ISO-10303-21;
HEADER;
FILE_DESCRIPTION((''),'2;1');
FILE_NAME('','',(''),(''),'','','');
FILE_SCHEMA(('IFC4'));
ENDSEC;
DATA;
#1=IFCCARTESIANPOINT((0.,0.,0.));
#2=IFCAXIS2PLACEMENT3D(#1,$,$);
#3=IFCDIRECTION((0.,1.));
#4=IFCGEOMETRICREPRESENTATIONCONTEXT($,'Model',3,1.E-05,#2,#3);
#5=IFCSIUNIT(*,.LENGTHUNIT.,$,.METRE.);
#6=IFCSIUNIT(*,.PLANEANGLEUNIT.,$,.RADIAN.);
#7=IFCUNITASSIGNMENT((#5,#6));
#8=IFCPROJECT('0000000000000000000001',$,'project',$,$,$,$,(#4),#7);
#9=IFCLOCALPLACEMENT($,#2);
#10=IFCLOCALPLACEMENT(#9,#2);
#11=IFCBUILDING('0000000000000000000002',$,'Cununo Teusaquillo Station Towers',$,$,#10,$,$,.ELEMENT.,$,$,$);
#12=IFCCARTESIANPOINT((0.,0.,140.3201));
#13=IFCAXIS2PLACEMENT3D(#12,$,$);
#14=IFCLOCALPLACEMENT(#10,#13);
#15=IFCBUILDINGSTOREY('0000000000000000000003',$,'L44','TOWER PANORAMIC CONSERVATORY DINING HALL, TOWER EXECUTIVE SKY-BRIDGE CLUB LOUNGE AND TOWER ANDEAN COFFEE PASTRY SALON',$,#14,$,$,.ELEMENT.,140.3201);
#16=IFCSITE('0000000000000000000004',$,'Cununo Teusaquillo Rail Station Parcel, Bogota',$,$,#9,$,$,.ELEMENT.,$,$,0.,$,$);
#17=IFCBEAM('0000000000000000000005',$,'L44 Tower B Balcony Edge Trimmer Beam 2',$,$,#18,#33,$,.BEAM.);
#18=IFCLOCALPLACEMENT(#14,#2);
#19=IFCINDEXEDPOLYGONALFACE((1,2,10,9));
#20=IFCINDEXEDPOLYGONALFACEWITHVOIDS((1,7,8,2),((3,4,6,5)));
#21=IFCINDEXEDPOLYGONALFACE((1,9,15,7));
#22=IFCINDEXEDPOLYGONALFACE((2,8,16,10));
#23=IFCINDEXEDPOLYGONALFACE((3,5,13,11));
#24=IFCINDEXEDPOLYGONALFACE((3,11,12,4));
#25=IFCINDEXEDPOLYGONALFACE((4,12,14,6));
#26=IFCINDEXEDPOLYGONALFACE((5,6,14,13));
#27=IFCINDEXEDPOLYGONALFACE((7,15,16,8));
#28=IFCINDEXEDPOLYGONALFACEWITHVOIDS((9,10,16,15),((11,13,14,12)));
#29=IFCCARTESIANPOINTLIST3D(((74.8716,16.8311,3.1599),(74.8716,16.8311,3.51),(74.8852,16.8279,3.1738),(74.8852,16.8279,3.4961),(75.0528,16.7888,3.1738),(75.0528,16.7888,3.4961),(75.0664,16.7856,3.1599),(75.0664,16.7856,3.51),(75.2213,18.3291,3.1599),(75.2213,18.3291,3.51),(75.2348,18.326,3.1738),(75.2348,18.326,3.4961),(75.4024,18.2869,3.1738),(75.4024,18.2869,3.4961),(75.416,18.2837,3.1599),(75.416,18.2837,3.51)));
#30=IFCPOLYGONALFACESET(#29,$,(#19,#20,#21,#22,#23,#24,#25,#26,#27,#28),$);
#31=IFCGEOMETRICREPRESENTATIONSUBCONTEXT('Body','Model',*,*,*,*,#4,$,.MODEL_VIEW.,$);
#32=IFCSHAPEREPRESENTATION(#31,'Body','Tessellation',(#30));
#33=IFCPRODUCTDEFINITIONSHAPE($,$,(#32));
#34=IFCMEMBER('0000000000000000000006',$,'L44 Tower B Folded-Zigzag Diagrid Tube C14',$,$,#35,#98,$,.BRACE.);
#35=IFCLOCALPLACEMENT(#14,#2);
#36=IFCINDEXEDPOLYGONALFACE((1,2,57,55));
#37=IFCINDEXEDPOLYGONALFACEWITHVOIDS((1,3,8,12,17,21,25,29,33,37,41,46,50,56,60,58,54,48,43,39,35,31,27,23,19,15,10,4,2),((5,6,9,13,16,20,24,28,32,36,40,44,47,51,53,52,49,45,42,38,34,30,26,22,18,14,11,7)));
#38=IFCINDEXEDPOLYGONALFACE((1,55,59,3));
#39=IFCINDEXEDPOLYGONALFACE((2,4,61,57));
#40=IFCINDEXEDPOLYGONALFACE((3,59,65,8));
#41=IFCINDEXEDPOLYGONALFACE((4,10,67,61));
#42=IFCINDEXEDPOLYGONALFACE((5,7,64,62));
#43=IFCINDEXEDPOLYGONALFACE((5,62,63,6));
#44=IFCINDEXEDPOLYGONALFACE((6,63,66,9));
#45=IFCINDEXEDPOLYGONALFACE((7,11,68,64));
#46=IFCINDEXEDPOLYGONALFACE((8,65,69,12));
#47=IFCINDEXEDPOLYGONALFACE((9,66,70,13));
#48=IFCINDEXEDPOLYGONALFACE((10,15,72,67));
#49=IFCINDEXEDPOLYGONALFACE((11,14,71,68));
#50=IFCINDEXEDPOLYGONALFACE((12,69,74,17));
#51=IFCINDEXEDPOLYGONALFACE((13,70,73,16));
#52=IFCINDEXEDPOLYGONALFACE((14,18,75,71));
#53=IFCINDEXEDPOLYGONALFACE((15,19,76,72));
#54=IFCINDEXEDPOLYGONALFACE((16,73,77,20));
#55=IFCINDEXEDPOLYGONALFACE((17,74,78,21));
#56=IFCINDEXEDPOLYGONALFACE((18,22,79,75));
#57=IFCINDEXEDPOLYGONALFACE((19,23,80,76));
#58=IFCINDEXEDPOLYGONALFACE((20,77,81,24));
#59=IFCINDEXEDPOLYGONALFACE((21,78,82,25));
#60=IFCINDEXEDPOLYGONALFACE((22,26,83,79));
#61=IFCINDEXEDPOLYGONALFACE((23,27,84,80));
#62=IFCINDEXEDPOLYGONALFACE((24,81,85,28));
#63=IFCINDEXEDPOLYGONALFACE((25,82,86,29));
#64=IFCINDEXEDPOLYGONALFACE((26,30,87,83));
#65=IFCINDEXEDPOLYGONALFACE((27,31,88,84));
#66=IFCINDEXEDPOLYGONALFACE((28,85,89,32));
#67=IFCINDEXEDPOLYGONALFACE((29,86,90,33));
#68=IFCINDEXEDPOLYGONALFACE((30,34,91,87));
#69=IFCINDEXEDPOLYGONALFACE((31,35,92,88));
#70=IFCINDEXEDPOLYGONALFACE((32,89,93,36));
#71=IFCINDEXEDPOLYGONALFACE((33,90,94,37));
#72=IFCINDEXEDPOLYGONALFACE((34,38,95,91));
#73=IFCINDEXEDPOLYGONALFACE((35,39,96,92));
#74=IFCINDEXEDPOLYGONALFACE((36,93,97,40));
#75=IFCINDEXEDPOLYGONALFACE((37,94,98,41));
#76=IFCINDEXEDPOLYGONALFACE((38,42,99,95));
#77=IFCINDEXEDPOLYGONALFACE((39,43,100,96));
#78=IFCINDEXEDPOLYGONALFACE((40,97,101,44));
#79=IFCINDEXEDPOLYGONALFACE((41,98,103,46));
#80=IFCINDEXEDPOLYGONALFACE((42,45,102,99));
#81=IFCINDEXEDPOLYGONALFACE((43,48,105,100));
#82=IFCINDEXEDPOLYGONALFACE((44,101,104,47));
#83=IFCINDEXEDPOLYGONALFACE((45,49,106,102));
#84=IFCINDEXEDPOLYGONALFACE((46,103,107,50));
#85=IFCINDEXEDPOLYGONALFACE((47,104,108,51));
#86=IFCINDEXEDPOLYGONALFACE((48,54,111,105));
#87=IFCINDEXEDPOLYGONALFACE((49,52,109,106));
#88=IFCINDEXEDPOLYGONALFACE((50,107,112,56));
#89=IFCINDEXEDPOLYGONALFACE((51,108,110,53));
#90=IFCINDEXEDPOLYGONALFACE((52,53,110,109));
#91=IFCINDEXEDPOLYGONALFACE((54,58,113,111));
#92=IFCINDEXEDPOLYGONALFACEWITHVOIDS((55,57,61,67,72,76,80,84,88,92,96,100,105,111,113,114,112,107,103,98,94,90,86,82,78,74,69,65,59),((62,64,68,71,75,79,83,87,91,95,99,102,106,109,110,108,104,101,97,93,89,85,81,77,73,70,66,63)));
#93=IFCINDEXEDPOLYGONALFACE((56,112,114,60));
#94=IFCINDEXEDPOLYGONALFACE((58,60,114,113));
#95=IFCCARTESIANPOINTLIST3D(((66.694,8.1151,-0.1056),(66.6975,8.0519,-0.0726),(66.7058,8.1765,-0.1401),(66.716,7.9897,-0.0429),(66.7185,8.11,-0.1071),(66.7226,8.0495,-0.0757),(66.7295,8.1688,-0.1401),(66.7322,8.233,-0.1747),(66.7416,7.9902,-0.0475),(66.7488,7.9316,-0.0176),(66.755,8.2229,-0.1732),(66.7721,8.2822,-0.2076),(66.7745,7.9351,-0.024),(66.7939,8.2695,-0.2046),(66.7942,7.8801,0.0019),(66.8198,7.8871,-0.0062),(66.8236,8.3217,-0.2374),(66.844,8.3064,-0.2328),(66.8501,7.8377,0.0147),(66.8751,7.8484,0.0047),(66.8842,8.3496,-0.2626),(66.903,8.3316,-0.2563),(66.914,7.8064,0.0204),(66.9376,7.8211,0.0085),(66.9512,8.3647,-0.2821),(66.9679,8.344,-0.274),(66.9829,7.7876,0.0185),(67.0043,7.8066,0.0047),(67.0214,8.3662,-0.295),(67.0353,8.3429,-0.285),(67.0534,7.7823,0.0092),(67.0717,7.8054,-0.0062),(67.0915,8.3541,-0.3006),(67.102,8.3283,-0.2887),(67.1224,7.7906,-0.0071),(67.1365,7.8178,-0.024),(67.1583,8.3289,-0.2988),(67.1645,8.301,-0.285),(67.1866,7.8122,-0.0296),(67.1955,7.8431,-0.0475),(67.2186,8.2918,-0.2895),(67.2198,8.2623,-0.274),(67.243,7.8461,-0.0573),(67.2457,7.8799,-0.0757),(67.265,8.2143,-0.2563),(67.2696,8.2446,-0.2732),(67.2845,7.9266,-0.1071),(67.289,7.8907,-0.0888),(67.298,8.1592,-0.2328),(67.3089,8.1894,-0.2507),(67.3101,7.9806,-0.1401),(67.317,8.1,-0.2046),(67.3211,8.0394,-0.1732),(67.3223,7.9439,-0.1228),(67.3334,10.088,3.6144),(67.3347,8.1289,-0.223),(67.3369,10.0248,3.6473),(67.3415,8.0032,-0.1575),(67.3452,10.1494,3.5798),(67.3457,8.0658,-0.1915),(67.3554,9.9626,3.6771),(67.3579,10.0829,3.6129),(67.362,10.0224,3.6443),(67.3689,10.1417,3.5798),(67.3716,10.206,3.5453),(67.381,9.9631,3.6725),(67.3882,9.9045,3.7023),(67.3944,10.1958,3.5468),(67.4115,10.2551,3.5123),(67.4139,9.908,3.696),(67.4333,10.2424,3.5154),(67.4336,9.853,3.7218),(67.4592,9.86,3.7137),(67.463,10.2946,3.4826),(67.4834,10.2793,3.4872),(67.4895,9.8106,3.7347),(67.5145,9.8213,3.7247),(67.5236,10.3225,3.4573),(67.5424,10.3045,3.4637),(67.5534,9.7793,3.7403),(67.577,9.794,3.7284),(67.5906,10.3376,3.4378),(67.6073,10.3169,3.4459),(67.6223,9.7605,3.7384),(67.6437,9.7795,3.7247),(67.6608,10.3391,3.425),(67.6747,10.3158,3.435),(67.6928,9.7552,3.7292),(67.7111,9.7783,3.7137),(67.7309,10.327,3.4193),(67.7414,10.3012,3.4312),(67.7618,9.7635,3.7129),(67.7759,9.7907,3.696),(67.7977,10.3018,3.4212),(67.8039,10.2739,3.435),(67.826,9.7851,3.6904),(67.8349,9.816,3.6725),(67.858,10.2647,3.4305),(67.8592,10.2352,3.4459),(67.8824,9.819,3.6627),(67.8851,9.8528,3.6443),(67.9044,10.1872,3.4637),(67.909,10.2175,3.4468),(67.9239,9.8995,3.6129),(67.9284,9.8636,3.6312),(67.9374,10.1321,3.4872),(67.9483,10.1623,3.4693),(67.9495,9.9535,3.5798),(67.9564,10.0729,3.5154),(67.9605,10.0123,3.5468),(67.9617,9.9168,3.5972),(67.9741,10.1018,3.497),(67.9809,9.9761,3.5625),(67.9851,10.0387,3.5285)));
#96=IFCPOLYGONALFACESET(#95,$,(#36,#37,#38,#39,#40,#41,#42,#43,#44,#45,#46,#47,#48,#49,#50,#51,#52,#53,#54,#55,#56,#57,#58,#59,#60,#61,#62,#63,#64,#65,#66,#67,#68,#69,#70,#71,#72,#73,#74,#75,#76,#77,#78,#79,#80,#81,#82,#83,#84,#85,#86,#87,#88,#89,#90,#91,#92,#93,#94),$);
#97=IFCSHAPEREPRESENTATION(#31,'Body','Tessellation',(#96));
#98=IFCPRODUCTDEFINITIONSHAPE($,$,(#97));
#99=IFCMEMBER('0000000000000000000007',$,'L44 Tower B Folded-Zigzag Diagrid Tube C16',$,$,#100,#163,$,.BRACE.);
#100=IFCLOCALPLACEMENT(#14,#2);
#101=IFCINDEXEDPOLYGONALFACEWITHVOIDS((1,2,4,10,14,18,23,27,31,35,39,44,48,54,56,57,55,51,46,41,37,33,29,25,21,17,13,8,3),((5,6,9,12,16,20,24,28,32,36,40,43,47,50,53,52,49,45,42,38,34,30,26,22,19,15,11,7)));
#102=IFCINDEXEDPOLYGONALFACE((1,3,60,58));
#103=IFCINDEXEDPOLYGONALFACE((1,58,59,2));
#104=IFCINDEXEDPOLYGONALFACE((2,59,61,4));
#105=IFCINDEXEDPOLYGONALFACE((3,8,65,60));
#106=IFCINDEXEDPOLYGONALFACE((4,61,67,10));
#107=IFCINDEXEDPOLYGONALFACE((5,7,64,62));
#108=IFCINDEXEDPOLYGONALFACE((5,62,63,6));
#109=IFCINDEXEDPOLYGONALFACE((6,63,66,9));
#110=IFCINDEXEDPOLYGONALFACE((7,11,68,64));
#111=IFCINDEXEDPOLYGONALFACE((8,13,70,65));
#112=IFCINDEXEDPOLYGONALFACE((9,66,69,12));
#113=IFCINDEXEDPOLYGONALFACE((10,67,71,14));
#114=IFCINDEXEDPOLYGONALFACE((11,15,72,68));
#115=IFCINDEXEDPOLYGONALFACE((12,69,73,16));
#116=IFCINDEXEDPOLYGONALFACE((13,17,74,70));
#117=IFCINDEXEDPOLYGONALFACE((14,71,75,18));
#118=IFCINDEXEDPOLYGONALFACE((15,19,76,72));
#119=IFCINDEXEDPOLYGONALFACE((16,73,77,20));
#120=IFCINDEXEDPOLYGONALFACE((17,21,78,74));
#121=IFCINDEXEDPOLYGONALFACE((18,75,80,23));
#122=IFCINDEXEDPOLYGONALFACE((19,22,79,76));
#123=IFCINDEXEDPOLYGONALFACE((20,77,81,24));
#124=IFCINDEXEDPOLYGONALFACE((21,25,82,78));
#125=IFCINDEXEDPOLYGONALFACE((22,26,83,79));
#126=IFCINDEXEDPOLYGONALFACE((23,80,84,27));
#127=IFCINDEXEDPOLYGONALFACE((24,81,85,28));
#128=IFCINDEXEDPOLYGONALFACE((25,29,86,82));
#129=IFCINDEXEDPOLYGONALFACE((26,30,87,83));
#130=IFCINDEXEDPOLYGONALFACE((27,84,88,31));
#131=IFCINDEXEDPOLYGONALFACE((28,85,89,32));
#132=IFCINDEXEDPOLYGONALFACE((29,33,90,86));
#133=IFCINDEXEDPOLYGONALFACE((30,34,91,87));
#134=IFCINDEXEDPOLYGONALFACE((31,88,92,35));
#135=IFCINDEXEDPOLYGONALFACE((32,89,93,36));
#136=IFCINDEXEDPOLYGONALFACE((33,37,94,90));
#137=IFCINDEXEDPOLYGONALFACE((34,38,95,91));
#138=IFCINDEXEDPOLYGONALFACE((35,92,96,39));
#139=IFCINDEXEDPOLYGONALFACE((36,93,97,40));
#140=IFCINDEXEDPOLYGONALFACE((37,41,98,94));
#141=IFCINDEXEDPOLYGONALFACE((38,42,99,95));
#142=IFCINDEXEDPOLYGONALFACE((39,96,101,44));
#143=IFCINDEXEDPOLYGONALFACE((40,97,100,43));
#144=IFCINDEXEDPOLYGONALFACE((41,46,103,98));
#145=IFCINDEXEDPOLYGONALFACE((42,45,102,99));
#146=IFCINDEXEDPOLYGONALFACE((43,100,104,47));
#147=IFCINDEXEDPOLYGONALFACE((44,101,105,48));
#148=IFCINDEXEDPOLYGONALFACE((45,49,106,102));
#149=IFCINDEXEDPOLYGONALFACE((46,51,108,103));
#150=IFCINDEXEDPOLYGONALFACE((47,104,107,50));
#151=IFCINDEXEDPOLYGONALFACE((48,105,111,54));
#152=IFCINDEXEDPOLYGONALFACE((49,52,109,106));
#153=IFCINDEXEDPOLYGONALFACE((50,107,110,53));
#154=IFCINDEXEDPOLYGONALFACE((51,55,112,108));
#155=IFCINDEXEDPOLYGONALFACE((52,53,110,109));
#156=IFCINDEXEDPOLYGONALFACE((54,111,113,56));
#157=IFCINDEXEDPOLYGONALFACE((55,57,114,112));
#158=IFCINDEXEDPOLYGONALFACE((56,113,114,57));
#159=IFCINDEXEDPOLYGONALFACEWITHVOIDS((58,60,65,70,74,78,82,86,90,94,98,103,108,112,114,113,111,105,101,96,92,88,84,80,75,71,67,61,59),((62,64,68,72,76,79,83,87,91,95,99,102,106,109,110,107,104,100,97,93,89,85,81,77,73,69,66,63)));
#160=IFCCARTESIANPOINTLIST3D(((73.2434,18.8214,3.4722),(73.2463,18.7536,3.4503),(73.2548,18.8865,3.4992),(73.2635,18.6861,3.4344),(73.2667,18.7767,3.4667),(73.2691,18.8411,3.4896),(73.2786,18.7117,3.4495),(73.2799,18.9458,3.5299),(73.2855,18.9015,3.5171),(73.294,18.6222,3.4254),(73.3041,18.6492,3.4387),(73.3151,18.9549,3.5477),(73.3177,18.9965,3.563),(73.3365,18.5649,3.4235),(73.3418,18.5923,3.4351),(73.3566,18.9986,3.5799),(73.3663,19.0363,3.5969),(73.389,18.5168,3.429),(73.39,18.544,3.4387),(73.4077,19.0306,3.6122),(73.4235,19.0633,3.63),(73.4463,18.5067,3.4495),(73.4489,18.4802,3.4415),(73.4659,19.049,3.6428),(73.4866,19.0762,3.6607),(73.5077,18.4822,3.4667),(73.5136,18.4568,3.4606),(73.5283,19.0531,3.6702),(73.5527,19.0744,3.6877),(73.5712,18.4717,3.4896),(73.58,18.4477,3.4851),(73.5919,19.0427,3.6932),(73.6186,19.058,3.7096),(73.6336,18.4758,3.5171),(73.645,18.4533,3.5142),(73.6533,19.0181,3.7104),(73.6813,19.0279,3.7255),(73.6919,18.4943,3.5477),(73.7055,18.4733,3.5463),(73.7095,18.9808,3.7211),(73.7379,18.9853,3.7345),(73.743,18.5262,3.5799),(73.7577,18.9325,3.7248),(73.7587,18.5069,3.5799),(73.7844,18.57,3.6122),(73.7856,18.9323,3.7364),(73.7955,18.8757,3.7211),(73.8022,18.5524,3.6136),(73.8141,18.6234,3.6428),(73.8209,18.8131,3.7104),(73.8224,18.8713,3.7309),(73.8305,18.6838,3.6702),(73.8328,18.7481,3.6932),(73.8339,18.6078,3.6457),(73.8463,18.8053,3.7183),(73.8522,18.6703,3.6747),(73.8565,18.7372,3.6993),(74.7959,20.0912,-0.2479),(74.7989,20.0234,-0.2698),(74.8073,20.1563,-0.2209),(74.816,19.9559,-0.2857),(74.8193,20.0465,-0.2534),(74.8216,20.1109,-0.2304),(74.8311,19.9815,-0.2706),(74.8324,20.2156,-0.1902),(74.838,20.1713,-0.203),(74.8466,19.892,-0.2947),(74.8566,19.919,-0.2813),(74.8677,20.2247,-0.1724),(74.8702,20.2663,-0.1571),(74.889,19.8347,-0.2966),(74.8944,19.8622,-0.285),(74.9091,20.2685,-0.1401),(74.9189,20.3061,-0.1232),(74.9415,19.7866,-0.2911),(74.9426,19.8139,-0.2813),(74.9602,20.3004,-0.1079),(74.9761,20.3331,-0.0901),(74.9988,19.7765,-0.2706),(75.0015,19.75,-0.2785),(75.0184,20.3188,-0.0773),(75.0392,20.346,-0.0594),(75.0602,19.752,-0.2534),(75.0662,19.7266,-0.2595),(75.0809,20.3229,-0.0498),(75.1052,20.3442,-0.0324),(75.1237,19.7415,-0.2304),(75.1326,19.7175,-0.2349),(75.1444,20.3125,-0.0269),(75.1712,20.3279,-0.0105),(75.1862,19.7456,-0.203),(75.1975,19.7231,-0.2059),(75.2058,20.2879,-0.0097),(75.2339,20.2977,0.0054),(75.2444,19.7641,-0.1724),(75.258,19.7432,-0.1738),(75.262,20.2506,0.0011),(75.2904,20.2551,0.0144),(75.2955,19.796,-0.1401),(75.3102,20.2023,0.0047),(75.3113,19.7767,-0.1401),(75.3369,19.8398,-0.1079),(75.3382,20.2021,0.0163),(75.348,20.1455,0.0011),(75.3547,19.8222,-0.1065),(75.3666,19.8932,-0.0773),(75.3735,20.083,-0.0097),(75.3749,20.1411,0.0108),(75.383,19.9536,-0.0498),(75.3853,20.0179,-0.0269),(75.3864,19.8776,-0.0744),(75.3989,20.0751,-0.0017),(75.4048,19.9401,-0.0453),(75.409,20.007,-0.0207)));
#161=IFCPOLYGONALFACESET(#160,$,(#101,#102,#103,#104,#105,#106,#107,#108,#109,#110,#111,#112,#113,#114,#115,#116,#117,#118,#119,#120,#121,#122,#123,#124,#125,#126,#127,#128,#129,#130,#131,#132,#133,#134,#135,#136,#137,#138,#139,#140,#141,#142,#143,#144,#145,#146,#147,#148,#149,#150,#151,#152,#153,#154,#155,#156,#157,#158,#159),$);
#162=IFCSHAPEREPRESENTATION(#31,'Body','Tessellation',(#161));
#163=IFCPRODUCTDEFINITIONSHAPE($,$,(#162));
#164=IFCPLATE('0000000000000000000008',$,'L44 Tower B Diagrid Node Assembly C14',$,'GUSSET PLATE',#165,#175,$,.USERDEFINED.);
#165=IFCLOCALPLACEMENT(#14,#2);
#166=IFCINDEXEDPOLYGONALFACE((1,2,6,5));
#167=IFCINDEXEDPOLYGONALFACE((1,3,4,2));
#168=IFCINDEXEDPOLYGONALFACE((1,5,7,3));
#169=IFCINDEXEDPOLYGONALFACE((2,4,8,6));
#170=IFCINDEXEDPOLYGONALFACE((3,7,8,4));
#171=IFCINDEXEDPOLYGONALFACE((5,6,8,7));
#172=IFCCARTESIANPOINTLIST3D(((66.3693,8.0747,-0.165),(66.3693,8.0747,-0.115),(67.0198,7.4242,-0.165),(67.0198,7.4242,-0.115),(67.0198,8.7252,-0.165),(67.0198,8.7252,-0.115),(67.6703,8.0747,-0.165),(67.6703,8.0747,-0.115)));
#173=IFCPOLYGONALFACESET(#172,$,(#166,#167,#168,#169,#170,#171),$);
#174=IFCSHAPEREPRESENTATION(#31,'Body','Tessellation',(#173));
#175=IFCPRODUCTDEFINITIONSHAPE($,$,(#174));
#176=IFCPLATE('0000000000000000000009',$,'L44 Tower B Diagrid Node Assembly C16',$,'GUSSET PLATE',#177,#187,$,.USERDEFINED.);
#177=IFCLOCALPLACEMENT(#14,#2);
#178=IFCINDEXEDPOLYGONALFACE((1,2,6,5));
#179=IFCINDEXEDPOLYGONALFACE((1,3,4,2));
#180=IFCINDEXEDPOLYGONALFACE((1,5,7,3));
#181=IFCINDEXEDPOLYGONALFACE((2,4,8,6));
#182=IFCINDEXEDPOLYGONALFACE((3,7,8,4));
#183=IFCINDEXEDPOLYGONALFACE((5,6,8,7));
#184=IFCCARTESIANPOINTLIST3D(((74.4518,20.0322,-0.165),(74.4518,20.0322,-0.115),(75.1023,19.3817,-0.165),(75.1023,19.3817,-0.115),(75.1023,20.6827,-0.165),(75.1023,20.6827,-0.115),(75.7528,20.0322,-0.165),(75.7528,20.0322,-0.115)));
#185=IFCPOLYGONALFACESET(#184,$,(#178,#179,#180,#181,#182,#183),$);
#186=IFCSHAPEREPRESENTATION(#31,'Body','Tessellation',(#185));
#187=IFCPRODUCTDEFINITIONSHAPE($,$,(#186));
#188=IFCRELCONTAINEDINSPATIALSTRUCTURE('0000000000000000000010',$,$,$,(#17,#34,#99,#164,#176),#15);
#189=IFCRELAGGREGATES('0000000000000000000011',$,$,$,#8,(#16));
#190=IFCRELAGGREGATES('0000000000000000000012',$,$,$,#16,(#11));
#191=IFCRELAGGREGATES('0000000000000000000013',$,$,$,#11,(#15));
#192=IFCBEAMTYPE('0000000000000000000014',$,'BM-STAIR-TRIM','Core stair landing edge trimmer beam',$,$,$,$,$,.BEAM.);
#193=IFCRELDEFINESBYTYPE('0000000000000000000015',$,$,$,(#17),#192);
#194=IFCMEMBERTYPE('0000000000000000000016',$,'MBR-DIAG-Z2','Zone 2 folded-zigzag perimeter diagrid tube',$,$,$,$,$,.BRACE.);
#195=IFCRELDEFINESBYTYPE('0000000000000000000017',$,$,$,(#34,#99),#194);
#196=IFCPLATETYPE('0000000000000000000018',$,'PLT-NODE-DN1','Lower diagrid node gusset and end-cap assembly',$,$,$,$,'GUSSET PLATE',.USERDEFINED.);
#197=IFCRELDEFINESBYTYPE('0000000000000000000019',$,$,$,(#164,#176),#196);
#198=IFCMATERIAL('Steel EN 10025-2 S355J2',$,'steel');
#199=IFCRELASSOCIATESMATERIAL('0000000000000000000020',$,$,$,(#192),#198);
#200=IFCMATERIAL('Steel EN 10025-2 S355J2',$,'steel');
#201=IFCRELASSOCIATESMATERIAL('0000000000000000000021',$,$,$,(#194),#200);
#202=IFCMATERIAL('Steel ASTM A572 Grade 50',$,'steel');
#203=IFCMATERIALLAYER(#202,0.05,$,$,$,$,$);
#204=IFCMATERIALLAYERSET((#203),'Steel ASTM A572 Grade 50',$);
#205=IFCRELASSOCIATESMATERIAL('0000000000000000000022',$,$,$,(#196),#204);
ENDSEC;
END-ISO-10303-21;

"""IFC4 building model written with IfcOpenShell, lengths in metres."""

from ifc_helpers import new_model, si_unit, direction, frame, origin, origin_2d, place, context, subcontext, project, spatial, rectangle, hollow_rectangle, hollow_circle, extrude, source, transform, mapped, material, layer, layer_set, material_profile, profile_set, type_object, element, save


model = new_model("IFC4")

# Units and contexts
model_context = context("Model", 3, precision=1e-05, world=origin(), true_north=direction((0.0, 1.0)))
body_context = subcontext(model_context, "Body", "Model", "MODEL_VIEW")
ifc_project = project(units=[si_unit("LENGTHUNIT", "METRE"), si_unit("PLANEANGLEUNIT", "RADIAN")], contexts=[model_context])

# Site, building, storey
site_placement = place(None, origin())
site = spatial("IfcSite", under=ifc_project, at=site_placement, Name="Cununo Teusaquillo Rail Station Parcel, Bogota", CompositionType="ELEMENT", RefElevation=0.0)
building_placement = place(site_placement, origin())
building = spatial("IfcBuilding", under=site, at=building_placement, Name="Cununo Teusaquillo Station Towers", CompositionType="ELEMENT")
storey_placement = place(building_placement, frame((0.0, 0.0, 140.3201)))
storey = spatial("IfcBuildingStorey", under=building, at=storey_placement, Name="L44", Description="TOWER PANORAMIC CONSERVATORY DINING HALL, TOWER EXECUTIVE SKY-BRIDGE CLUB LOUNGE AND TOWER ANDEAN COFFEE PASTRY SALON", CompositionType="ELEMENT", Elevation=140.3201)

# Beam
ifc_material_1 = material(Name="Steel EN 10025-2 S355J2", Category="steel")
ifc_material_profile_1 = material_profile(ifc_material_1, hollow_rectangle(XDim=0.2, YDim=0.3501, WallThickness=0.0139, at=origin_2d()), Name="RHS 350x200x14")
ifc_profile_set_1 = profile_set([ifc_material_profile_1], Name="Steel EN 10025-2 S355J2")
beam_type_1 = type_object("IfcBeamType", Name="BM-STAIR-TRIM", Description="Core stair landing edge trimmer beam", PredefinedType="BEAM", material=ifc_profile_set_1)
beam_1_placement = place(storey_placement, frame((74.969, 16.8083, 3.335), z_axis=(0.22727, 0.973832, 0.0), x_axis=(-0.973832, 0.22727, 0.0)))
element("IfcBeam", 1, at=beam_1_placement, inside=storey, type_object=beam_type_1, Name="L44 Tower B Balcony Edge Trimmer Beam 2", PredefinedType="BEAM", context=body_context, shape_type="SweptSolid", body=[
    extrude(hollow_rectangle(XDim=0.2, YDim=0.3501, WallThickness=0.0139, at=origin_2d()), origin(), (0.0, 0.0, 1.0), 1.5383),
])

# Members
ifc_material_2 = material(Name="Steel EN 10025-2 S355J2", Category="steel")
ifc_material_profile_2 = material_profile(ifc_material_2, hollow_circle(Radius=0.3301, WallThickness=0.0249, at=origin_2d()), Name="CHS 660x25")
ifc_profile_set_2 = profile_set([ifc_material_profile_2], Name="Steel EN 10025-2 S355J2")
member_type = type_object("IfcMemberType", Name="MBR-DIAG-Z2", Description="Zone 2 folded-zigzag perimeter diagrid tube", PredefinedType="BRACE", material=ifc_profile_set_2)
member_1_placement = place(storey_placement, frame((67.0198, 8.0747, -0.1401), z_axis=(0.150129, 0.463227, 0.873431), x_axis=(-0.951287, 0.308306, 0.0)))
element("IfcMember", 2, at=member_1_placement, inside=storey, type_object=member_type, Name="L44 Tower B Folded-Zigzag Diagrid Tube C14", PredefinedType="BRACE", context=body_context, shape_type="SweptSolid", body=[
    extrude(hollow_circle(Radius=0.3301, WallThickness=0.0249, at=origin_2d()), origin(), (0.0, 0.0, 1.0), 4.259),
])
member_2_placement = place(storey_placement, frame((75.1023, 20.0322, -0.1401), z_axis=(-0.367349, -0.300453, 0.880217), x_axis=(0.633105, -0.774066, 0.0)))
element("IfcMember", 3, at=member_2_placement, inside=storey, type_object=member_type, Name="L44 Tower B Folded-Zigzag Diagrid Tube C16", PredefinedType="BRACE", context=body_context, shape_type="SweptSolid", body=[
    extrude(hollow_circle(Radius=0.3301, WallThickness=0.0249, at=origin_2d()), origin(), (0.0, 0.0, 1.0), 4.2263),
])

# Plates
ifc_material_3 = material(Name="Steel ASTM A572 Grade 50", Category="steel")
ifc_layer_1 = layer(ifc_material_3, 0.05)
ifc_layer_set_1 = layer_set([ifc_layer_1], Name="Steel ASTM A572 Grade 50")
plate_type = type_object("IfcPlateType", Name="PLT-NODE-DN1", Description="Lower diagrid node gusset and end-cap assembly", ElementType="GUSSET PLATE", PredefinedType="USERDEFINED", material=ifc_layer_set_1)
shared_shape_1 = source(origin(), body_context, "Body", "SweptSolid", [
    extrude(rectangle(XDim=0.9199, YDim=0.9199, at=origin_2d()), origin(), (0.0, 0.0, 1.0), 0.05),
])
for number, where, z_axis, x_axis, name in (
    (4, (67.0198, 8.0747, -0.165), (0.0, 0.0, 1.0), (0.707107, 0.707107, 0.0), "L44 Tower B Diagrid Node Assembly C14"),
    (5, (75.1023, 20.0322, -0.165), (0.0, 0.0, 1.0), (0.707107, 0.707107, 0.0), "L44 Tower B Diagrid Node Assembly C16"),
):
    element("IfcPlate", number, at=place(storey_placement, frame(where, z_axis=z_axis, x_axis=x_axis)), inside=storey, type_object=plate_type, Name=name, ObjectType="GUSSET PLATE", PredefinedType="USERDEFINED", context=body_context, shape_type="MappedRepresentation", body=[
        mapped(shared_shape_1, transform((0.0, 0.0, 0.0), x_axis=(1.0, 0.0, 0.0), y_axis=(0.0, 1.0, 0.0), z_axis=(0.0, 0.0, 1.0), scale=1.0)),
    ])

save(model, "model.ifc")
